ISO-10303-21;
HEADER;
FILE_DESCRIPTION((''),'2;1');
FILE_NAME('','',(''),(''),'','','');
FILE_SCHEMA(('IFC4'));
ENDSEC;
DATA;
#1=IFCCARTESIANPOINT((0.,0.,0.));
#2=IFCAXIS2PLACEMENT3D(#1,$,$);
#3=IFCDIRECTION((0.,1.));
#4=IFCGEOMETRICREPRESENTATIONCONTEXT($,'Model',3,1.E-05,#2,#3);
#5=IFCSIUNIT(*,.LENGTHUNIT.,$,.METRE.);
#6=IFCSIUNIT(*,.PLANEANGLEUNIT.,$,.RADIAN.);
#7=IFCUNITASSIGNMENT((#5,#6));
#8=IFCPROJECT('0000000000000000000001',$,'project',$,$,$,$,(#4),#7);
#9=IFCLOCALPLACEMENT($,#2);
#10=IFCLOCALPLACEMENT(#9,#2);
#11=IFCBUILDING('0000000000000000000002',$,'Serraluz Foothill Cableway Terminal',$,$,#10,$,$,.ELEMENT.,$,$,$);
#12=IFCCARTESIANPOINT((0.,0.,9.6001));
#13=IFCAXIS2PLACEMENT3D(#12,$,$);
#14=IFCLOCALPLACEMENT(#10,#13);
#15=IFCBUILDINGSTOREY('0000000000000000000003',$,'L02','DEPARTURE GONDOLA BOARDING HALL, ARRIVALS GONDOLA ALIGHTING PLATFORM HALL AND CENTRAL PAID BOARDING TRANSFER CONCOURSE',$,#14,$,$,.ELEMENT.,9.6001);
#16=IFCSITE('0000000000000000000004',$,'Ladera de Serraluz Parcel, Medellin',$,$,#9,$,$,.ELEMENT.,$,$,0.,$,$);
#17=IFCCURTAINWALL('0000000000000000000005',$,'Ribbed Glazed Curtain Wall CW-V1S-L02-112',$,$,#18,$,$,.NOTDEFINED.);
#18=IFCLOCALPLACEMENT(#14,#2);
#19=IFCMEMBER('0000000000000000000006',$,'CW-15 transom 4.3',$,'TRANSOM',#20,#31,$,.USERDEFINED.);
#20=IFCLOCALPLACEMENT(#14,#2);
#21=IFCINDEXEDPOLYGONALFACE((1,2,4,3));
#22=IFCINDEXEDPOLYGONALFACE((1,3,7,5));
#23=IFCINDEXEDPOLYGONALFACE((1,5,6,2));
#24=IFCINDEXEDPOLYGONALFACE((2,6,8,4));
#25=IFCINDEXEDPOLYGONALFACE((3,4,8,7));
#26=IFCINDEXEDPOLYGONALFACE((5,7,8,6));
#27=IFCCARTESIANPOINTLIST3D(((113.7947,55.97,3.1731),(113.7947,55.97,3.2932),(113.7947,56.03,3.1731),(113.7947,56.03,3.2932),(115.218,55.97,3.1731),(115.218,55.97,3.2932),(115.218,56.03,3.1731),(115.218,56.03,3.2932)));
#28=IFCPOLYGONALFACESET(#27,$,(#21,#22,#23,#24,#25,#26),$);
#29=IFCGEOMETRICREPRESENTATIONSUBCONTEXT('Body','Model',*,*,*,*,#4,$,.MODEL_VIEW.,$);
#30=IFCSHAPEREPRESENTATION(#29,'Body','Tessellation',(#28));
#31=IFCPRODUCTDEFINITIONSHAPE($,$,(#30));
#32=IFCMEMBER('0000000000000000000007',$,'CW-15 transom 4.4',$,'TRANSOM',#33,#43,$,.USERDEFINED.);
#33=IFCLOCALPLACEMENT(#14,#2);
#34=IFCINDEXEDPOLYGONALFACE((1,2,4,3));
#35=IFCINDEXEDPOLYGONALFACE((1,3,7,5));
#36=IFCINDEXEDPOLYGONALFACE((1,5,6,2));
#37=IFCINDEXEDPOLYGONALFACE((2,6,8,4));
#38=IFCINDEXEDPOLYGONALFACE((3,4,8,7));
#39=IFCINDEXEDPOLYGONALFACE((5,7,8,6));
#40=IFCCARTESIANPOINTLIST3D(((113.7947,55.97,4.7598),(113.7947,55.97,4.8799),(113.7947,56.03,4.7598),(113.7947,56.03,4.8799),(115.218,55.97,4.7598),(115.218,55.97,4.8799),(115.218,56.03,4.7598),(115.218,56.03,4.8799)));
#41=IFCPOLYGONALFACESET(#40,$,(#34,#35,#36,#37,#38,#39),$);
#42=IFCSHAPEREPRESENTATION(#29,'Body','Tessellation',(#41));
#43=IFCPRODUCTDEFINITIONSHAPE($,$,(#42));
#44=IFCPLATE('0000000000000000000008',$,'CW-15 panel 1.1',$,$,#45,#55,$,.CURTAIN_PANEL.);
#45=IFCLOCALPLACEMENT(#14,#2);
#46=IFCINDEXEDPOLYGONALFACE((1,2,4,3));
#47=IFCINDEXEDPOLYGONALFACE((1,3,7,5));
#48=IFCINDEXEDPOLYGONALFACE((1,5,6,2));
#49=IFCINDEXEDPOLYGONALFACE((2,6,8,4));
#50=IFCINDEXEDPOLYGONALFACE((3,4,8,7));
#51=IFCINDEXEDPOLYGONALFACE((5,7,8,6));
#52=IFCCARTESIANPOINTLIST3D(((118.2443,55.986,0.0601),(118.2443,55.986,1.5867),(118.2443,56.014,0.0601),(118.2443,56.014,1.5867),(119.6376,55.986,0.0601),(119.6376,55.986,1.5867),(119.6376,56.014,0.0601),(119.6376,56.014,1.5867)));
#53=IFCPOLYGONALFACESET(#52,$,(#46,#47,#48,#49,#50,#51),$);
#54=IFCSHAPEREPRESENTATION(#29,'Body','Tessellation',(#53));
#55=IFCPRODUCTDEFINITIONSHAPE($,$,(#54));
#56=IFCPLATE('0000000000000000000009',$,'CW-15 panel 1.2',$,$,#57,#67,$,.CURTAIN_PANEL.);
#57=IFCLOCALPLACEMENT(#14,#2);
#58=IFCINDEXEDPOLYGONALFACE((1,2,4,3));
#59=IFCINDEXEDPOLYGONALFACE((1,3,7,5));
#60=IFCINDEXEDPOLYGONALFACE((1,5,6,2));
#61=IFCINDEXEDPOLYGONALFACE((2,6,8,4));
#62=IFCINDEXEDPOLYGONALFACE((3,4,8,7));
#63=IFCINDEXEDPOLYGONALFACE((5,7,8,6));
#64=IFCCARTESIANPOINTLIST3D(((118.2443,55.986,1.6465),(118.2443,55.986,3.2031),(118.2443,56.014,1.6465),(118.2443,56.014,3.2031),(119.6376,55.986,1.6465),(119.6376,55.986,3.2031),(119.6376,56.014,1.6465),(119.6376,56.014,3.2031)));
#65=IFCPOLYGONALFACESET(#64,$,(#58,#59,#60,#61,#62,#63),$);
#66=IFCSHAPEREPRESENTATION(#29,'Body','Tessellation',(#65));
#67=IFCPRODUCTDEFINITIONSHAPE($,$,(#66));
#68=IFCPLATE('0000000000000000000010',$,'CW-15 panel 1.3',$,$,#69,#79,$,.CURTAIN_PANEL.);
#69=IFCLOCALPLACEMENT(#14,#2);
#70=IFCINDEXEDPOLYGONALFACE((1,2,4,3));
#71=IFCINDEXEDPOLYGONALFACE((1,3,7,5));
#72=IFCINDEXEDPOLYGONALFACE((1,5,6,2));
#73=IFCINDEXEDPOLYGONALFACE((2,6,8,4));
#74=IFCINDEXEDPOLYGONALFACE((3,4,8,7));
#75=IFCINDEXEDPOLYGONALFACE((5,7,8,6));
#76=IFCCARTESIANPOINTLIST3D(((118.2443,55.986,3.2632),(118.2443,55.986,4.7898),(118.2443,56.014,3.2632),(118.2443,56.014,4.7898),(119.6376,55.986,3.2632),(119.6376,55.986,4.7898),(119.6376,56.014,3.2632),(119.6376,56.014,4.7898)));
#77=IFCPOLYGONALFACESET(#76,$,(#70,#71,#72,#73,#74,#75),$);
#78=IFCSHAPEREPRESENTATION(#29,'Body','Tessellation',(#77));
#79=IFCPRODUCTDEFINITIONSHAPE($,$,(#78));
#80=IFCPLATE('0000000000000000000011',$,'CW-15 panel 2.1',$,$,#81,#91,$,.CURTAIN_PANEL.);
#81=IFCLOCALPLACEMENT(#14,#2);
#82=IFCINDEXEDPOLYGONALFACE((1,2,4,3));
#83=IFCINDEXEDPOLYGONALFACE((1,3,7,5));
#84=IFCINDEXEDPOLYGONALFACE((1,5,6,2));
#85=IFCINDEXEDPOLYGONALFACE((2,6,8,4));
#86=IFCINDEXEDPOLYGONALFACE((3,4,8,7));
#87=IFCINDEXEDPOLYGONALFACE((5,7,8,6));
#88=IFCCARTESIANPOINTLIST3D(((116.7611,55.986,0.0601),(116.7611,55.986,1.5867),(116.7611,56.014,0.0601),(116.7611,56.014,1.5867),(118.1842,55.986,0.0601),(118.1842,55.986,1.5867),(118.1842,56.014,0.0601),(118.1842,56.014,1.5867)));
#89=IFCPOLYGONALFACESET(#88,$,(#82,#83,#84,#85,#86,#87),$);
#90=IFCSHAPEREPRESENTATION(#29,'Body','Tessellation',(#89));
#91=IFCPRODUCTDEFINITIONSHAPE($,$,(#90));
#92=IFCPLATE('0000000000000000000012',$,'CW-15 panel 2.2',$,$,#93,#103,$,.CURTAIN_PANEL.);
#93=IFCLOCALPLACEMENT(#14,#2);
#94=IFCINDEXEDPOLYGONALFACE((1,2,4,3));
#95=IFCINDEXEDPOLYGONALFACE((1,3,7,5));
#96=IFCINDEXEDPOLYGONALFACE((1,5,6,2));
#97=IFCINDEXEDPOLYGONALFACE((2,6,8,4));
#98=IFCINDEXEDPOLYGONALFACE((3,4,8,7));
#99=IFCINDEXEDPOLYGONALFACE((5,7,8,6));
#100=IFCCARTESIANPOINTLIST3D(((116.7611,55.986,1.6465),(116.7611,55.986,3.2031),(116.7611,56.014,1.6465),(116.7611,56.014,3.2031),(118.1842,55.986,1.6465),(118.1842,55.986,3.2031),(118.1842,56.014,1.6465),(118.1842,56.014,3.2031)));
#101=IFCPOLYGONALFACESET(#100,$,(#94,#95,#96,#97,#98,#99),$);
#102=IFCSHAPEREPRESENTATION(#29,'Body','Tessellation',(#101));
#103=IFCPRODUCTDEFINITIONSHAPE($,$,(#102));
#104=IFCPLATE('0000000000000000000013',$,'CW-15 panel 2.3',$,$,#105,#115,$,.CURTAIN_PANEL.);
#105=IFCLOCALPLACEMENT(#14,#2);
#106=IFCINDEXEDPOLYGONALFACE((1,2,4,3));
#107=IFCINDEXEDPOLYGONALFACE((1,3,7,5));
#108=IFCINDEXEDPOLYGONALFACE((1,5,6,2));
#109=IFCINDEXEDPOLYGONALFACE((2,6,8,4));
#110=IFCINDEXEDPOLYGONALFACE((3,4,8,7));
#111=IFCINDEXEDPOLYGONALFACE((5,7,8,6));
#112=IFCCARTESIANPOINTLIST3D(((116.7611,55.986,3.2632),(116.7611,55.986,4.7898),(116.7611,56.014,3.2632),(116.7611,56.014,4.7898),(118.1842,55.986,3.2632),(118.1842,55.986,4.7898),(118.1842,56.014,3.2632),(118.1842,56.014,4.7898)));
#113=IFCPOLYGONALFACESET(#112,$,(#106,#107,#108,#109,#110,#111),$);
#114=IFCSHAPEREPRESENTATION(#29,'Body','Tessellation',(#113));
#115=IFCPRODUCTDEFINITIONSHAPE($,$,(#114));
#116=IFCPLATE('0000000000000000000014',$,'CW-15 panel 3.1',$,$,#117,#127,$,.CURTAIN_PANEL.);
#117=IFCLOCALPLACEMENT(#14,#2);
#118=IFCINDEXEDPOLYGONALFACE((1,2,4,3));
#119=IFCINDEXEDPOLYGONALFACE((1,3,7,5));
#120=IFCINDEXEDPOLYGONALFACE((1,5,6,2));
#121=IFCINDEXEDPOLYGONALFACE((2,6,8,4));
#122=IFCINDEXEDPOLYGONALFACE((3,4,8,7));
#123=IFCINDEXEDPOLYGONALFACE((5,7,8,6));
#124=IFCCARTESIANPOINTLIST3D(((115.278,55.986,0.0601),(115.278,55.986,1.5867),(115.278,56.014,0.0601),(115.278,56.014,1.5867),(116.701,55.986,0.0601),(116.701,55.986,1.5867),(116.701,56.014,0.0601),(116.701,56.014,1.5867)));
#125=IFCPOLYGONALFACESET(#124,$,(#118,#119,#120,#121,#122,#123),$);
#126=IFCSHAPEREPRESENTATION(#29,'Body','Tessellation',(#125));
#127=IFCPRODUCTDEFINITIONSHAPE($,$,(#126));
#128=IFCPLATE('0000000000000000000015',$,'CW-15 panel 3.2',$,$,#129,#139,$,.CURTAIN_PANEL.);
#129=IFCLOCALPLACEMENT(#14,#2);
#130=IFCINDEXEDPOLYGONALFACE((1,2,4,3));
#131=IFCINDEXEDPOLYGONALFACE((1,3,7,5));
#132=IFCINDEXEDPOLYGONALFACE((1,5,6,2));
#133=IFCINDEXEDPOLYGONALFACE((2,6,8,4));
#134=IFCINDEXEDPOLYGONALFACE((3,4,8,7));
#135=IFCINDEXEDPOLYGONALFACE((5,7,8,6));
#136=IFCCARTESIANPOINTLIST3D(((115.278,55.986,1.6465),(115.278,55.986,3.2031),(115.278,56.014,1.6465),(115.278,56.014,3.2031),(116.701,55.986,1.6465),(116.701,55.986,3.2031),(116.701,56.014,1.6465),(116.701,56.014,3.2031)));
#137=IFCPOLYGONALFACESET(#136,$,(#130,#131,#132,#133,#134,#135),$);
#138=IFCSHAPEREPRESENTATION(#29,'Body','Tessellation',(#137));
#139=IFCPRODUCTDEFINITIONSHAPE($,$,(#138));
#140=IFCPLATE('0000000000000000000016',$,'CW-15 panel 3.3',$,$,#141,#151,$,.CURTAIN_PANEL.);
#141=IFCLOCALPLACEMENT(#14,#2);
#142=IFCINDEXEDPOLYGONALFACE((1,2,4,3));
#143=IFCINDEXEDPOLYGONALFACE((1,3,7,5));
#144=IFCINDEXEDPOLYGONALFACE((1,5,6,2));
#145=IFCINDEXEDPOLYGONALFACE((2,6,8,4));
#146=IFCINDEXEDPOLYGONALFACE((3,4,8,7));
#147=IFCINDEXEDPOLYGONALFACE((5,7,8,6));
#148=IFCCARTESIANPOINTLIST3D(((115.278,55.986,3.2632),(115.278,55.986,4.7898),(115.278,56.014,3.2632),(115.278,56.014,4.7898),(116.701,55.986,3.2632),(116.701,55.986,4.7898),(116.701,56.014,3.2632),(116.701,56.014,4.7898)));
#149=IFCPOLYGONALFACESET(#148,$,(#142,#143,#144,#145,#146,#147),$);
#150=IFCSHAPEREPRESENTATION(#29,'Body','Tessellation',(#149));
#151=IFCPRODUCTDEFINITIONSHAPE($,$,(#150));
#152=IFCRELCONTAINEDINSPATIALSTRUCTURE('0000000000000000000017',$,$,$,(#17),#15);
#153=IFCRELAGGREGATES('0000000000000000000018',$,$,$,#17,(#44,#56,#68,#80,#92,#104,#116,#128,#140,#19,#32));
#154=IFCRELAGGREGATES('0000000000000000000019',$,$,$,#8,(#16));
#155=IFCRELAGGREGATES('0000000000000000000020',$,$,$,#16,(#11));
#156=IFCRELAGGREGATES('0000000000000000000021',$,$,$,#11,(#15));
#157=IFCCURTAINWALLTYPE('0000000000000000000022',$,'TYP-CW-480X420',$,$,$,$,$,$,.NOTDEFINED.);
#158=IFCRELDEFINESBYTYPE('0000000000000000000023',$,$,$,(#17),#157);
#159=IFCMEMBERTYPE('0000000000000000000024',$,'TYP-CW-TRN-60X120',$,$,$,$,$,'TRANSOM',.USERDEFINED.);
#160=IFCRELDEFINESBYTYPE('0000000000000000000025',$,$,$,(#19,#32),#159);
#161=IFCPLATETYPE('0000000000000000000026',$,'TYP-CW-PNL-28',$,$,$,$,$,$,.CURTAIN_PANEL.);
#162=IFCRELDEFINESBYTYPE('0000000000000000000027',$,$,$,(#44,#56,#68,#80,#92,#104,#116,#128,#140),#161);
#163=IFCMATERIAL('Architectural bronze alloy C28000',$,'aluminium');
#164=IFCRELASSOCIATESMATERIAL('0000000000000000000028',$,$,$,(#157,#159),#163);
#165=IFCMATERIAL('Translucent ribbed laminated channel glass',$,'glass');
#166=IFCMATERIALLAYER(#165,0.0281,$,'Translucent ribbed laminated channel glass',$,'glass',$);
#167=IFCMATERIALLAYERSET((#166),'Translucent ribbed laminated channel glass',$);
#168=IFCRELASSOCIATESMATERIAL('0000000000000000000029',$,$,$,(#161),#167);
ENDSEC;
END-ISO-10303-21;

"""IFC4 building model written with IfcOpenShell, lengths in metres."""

from ifc_helpers import new_model, si_unit, direction, frame, origin, origin_2d, place, context, subcontext, project, spatial, rectangle, extrude, material, layer, layer_set, material_profile, profile_set, type_object, element, aggregate, save


model = new_model("IFC4")

# Units and contexts
model_context = context("Model", 3, precision=1e-05, world=origin(), true_north=direction((0.0, 1.0)))
body_context = subcontext(model_context, "Body", "Model", "MODEL_VIEW")
ifc_project = project(units=[si_unit("LENGTHUNIT", "METRE"), si_unit("PLANEANGLEUNIT", "RADIAN")], contexts=[model_context])

# Site, building, storey
site_placement = place(None, origin())
site = spatial("IfcSite", under=ifc_project, at=site_placement, Name="Ladera de Serraluz Parcel, Medellin", CompositionType="ELEMENT", RefElevation=0.0)
building_placement = place(site_placement, origin())
building = spatial("IfcBuilding", under=site, at=building_placement, Name="Serraluz Foothill Cableway Terminal", CompositionType="ELEMENT")
storey_placement = place(building_placement, frame((0.0, 0.0, 9.6001)))
storey = spatial("IfcBuildingStorey", under=building, at=storey_placement, Name="L02", Description="DEPARTURE GONDOLA BOARDING HALL, ARRIVALS GONDOLA ALIGHTING PLATFORM HALL AND CENTRAL PAID BOARDING TRANSFER CONCOURSE", CompositionType="ELEMENT", Elevation=9.6001)

# Curtain wall, members, plates
ifc_material_1 = material(Name="Architectural bronze alloy C28000", Category="aluminium")
curtain_wall_type = type_object("IfcCurtainWallType", Name="TYP-CW-480X420", PredefinedType="NOTDEFINED", material=ifc_material_1)
curtain_wall_placement = place(storey_placement, origin())
curtain_wall = element("IfcCurtainWall", 1, at=curtain_wall_placement, inside=storey, type_object=curtain_wall_type, Name="Ribbed Glazed Curtain Wall CW-V1S-L02-112", PredefinedType="NOTDEFINED")
ifc_material_profile_1 = material_profile(ifc_material_1, rectangle(XDim=0.0601, YDim=0.1201, at=origin_2d()), Name="ALU TRANSOM 60x120")
ifc_profile_set_1 = profile_set([ifc_material_profile_1], Name="Architectural bronze alloy C28000")
member_type_1 = type_object("IfcMemberType", Name="TYP-CW-TRN-60X120", ElementType="TRANSOM", PredefinedType="USERDEFINED", material=ifc_profile_set_1)
member_1_placement = place(storey_placement, frame((115.218, 56.0, 3.2332), z_axis=(-1.0, 0.0, 0.0), x_axis=(0.0, -1.0, 0.0)))
member_1 = element("IfcMember", 2, at=member_1_placement, type_object=member_type_1, Name="CW-15 transom 4.3", ObjectType="TRANSOM", PredefinedType="USERDEFINED", context=body_context, shape_type="SweptSolid", body=[
    extrude(rectangle(XDim=0.0601, YDim=0.1201, at=origin_2d()), origin(), (0.0, 0.0, 1.0), 1.4233),
])
member_2_placement = place(storey_placement, frame((115.218, 56.0, 4.8198), z_axis=(-1.0, 0.0, 0.0), x_axis=(0.0, -1.0, 0.0)))
member_2 = element("IfcMember", 3, at=member_2_placement, type_object=member_type_1, Name="CW-15 transom 4.4", ObjectType="TRANSOM", PredefinedType="USERDEFINED", context=body_context, shape_type="SweptSolid", body=[
    extrude(rectangle(XDim=0.0601, YDim=0.1201, at=origin_2d()), origin(), (0.0, 0.0, 1.0), 1.4233),
])
ifc_material_2 = material(Name="Translucent ribbed laminated channel glass", Category="glass")
ifc_layer = layer(ifc_material_2, 0.0281, Name="Translucent ribbed laminated channel glass", Category="glass")
ifc_layer_set = layer_set([ifc_layer], Name="Translucent ribbed laminated channel glass")
plate_type = type_object("IfcPlateType", Name="TYP-CW-PNL-28", PredefinedType="CURTAIN_PANEL", material=ifc_layer_set)
plate_1_placement = place(storey_placement, frame((118.9409, 56.0, 0.0601), z_axis=(0.0, 0.0, 1.0), x_axis=(-1.0, 0.0, 0.0)))
plate_1 = element("IfcPlate", 4, at=plate_1_placement, type_object=plate_type, Name="CW-15 panel 1.1", PredefinedType="CURTAIN_PANEL", context=body_context, shape_type="SweptSolid", body=[
    extrude(rectangle(XDim=1.3933, YDim=0.0281, at=origin_2d()), origin(), (0.0, 0.0, 1.0), 1.5266),
])
plate_2_placement = place(storey_placement, frame((118.9409, 56.0, 1.6465), z_axis=(0.0, 0.0, 1.0), x_axis=(-1.0, 0.0, 0.0)))
plate_2 = element("IfcPlate", 5, at=plate_2_placement, type_object=plate_type, Name="CW-15 panel 1.2", PredefinedType="CURTAIN_PANEL", context=body_context, shape_type="SweptSolid", body=[
    extrude(rectangle(XDim=1.3933, YDim=0.0281, at=origin_2d()), origin(), (0.0, 0.0, 1.0), 1.5566),
])
plate_3_placement = place(storey_placement, frame((118.9409, 56.0, 3.2632), z_axis=(0.0, 0.0, 1.0), x_axis=(-1.0, 0.0, 0.0)))
plate_3 = element("IfcPlate", 6, at=plate_3_placement, type_object=plate_type, Name="CW-15 panel 1.3", PredefinedType="CURTAIN_PANEL", context=body_context, shape_type="SweptSolid", body=[
    extrude(rectangle(XDim=1.3933, YDim=0.0281, at=origin_2d()), origin(), (0.0, 0.0, 1.0), 1.5266),
])
plate_4_placement = place(storey_placement, frame((117.4727, 56.0, 0.0601), z_axis=(0.0, 0.0, 1.0), x_axis=(-1.0, 0.0, 0.0)))
plate_4 = element("IfcPlate", 7, at=plate_4_placement, type_object=plate_type, Name="CW-15 panel 2.1", PredefinedType="CURTAIN_PANEL", context=body_context, shape_type="SweptSolid", body=[
    extrude(rectangle(XDim=1.4231, YDim=0.0281, at=origin_2d()), origin(), (0.0, 0.0, 1.0), 1.5266),
])
plate_5_placement = place(storey_placement, frame((117.4727, 56.0, 1.6465), z_axis=(0.0, 0.0, 1.0), x_axis=(-1.0, 0.0, 0.0)))
plate_5 = element("IfcPlate", 8, at=plate_5_placement, type_object=plate_type, Name="CW-15 panel 2.2", PredefinedType="CURTAIN_PANEL", context=body_context, shape_type="SweptSolid", body=[
    extrude(rectangle(XDim=1.4231, YDim=0.0281, at=origin_2d()), origin(), (0.0, 0.0, 1.0), 1.5566),
])
plate_6_placement = place(storey_placement, frame((117.4727, 56.0, 3.2632), z_axis=(0.0, 0.0, 1.0), x_axis=(-1.0, 0.0, 0.0)))
plate_6 = element("IfcPlate", 9, at=plate_6_placement, type_object=plate_type, Name="CW-15 panel 2.3", PredefinedType="CURTAIN_PANEL", context=body_context, shape_type="SweptSolid", body=[
    extrude(rectangle(XDim=1.4231, YDim=0.0281, at=origin_2d()), origin(), (0.0, 0.0, 1.0), 1.5266),
])
plate_7_placement = place(storey_placement, frame((115.9895, 56.0, 0.0601), z_axis=(0.0, 0.0, 1.0), x_axis=(-1.0, 0.0, 0.0)))
plate_7 = element("IfcPlate", 10, at=plate_7_placement, type_object=plate_type, Name="CW-15 panel 3.1", PredefinedType="CURTAIN_PANEL", context=body_context, shape_type="SweptSolid", body=[
    extrude(rectangle(XDim=1.4231, YDim=0.0281, at=origin_2d()), origin(), (0.0, 0.0, 1.0), 1.5266),
])
plate_8_placement = place(storey_placement, frame((115.9895, 56.0, 1.6465), z_axis=(0.0, 0.0, 1.0), x_axis=(-1.0, 0.0, 0.0)))
plate_8 = element("IfcPlate", 11, at=plate_8_placement, type_object=plate_type, Name="CW-15 panel 3.2", PredefinedType="CURTAIN_PANEL", context=body_context, shape_type="SweptSolid", body=[
    extrude(rectangle(XDim=1.4231, YDim=0.0281, at=origin_2d()), origin(), (0.0, 0.0, 1.0), 1.5566),
])
plate_9_placement = place(storey_placement, frame((115.9895, 56.0, 3.2632), z_axis=(0.0, 0.0, 1.0), x_axis=(-1.0, 0.0, 0.0)))
plate_9 = element("IfcPlate", 12, at=plate_9_placement, type_object=plate_type, Name="CW-15 panel 3.3", PredefinedType="CURTAIN_PANEL", context=body_context, shape_type="SweptSolid", body=[
    extrude(rectangle(XDim=1.4231, YDim=0.0281, at=origin_2d()), origin(), (0.0, 0.0, 1.0), 1.5266),
])
aggregate(curtain_wall, [plate_1, plate_2, plate_3, plate_4, plate_5, plate_6, plate_7, plate_8, plate_9, member_1, member_2])

save(model, "model.ifc")
